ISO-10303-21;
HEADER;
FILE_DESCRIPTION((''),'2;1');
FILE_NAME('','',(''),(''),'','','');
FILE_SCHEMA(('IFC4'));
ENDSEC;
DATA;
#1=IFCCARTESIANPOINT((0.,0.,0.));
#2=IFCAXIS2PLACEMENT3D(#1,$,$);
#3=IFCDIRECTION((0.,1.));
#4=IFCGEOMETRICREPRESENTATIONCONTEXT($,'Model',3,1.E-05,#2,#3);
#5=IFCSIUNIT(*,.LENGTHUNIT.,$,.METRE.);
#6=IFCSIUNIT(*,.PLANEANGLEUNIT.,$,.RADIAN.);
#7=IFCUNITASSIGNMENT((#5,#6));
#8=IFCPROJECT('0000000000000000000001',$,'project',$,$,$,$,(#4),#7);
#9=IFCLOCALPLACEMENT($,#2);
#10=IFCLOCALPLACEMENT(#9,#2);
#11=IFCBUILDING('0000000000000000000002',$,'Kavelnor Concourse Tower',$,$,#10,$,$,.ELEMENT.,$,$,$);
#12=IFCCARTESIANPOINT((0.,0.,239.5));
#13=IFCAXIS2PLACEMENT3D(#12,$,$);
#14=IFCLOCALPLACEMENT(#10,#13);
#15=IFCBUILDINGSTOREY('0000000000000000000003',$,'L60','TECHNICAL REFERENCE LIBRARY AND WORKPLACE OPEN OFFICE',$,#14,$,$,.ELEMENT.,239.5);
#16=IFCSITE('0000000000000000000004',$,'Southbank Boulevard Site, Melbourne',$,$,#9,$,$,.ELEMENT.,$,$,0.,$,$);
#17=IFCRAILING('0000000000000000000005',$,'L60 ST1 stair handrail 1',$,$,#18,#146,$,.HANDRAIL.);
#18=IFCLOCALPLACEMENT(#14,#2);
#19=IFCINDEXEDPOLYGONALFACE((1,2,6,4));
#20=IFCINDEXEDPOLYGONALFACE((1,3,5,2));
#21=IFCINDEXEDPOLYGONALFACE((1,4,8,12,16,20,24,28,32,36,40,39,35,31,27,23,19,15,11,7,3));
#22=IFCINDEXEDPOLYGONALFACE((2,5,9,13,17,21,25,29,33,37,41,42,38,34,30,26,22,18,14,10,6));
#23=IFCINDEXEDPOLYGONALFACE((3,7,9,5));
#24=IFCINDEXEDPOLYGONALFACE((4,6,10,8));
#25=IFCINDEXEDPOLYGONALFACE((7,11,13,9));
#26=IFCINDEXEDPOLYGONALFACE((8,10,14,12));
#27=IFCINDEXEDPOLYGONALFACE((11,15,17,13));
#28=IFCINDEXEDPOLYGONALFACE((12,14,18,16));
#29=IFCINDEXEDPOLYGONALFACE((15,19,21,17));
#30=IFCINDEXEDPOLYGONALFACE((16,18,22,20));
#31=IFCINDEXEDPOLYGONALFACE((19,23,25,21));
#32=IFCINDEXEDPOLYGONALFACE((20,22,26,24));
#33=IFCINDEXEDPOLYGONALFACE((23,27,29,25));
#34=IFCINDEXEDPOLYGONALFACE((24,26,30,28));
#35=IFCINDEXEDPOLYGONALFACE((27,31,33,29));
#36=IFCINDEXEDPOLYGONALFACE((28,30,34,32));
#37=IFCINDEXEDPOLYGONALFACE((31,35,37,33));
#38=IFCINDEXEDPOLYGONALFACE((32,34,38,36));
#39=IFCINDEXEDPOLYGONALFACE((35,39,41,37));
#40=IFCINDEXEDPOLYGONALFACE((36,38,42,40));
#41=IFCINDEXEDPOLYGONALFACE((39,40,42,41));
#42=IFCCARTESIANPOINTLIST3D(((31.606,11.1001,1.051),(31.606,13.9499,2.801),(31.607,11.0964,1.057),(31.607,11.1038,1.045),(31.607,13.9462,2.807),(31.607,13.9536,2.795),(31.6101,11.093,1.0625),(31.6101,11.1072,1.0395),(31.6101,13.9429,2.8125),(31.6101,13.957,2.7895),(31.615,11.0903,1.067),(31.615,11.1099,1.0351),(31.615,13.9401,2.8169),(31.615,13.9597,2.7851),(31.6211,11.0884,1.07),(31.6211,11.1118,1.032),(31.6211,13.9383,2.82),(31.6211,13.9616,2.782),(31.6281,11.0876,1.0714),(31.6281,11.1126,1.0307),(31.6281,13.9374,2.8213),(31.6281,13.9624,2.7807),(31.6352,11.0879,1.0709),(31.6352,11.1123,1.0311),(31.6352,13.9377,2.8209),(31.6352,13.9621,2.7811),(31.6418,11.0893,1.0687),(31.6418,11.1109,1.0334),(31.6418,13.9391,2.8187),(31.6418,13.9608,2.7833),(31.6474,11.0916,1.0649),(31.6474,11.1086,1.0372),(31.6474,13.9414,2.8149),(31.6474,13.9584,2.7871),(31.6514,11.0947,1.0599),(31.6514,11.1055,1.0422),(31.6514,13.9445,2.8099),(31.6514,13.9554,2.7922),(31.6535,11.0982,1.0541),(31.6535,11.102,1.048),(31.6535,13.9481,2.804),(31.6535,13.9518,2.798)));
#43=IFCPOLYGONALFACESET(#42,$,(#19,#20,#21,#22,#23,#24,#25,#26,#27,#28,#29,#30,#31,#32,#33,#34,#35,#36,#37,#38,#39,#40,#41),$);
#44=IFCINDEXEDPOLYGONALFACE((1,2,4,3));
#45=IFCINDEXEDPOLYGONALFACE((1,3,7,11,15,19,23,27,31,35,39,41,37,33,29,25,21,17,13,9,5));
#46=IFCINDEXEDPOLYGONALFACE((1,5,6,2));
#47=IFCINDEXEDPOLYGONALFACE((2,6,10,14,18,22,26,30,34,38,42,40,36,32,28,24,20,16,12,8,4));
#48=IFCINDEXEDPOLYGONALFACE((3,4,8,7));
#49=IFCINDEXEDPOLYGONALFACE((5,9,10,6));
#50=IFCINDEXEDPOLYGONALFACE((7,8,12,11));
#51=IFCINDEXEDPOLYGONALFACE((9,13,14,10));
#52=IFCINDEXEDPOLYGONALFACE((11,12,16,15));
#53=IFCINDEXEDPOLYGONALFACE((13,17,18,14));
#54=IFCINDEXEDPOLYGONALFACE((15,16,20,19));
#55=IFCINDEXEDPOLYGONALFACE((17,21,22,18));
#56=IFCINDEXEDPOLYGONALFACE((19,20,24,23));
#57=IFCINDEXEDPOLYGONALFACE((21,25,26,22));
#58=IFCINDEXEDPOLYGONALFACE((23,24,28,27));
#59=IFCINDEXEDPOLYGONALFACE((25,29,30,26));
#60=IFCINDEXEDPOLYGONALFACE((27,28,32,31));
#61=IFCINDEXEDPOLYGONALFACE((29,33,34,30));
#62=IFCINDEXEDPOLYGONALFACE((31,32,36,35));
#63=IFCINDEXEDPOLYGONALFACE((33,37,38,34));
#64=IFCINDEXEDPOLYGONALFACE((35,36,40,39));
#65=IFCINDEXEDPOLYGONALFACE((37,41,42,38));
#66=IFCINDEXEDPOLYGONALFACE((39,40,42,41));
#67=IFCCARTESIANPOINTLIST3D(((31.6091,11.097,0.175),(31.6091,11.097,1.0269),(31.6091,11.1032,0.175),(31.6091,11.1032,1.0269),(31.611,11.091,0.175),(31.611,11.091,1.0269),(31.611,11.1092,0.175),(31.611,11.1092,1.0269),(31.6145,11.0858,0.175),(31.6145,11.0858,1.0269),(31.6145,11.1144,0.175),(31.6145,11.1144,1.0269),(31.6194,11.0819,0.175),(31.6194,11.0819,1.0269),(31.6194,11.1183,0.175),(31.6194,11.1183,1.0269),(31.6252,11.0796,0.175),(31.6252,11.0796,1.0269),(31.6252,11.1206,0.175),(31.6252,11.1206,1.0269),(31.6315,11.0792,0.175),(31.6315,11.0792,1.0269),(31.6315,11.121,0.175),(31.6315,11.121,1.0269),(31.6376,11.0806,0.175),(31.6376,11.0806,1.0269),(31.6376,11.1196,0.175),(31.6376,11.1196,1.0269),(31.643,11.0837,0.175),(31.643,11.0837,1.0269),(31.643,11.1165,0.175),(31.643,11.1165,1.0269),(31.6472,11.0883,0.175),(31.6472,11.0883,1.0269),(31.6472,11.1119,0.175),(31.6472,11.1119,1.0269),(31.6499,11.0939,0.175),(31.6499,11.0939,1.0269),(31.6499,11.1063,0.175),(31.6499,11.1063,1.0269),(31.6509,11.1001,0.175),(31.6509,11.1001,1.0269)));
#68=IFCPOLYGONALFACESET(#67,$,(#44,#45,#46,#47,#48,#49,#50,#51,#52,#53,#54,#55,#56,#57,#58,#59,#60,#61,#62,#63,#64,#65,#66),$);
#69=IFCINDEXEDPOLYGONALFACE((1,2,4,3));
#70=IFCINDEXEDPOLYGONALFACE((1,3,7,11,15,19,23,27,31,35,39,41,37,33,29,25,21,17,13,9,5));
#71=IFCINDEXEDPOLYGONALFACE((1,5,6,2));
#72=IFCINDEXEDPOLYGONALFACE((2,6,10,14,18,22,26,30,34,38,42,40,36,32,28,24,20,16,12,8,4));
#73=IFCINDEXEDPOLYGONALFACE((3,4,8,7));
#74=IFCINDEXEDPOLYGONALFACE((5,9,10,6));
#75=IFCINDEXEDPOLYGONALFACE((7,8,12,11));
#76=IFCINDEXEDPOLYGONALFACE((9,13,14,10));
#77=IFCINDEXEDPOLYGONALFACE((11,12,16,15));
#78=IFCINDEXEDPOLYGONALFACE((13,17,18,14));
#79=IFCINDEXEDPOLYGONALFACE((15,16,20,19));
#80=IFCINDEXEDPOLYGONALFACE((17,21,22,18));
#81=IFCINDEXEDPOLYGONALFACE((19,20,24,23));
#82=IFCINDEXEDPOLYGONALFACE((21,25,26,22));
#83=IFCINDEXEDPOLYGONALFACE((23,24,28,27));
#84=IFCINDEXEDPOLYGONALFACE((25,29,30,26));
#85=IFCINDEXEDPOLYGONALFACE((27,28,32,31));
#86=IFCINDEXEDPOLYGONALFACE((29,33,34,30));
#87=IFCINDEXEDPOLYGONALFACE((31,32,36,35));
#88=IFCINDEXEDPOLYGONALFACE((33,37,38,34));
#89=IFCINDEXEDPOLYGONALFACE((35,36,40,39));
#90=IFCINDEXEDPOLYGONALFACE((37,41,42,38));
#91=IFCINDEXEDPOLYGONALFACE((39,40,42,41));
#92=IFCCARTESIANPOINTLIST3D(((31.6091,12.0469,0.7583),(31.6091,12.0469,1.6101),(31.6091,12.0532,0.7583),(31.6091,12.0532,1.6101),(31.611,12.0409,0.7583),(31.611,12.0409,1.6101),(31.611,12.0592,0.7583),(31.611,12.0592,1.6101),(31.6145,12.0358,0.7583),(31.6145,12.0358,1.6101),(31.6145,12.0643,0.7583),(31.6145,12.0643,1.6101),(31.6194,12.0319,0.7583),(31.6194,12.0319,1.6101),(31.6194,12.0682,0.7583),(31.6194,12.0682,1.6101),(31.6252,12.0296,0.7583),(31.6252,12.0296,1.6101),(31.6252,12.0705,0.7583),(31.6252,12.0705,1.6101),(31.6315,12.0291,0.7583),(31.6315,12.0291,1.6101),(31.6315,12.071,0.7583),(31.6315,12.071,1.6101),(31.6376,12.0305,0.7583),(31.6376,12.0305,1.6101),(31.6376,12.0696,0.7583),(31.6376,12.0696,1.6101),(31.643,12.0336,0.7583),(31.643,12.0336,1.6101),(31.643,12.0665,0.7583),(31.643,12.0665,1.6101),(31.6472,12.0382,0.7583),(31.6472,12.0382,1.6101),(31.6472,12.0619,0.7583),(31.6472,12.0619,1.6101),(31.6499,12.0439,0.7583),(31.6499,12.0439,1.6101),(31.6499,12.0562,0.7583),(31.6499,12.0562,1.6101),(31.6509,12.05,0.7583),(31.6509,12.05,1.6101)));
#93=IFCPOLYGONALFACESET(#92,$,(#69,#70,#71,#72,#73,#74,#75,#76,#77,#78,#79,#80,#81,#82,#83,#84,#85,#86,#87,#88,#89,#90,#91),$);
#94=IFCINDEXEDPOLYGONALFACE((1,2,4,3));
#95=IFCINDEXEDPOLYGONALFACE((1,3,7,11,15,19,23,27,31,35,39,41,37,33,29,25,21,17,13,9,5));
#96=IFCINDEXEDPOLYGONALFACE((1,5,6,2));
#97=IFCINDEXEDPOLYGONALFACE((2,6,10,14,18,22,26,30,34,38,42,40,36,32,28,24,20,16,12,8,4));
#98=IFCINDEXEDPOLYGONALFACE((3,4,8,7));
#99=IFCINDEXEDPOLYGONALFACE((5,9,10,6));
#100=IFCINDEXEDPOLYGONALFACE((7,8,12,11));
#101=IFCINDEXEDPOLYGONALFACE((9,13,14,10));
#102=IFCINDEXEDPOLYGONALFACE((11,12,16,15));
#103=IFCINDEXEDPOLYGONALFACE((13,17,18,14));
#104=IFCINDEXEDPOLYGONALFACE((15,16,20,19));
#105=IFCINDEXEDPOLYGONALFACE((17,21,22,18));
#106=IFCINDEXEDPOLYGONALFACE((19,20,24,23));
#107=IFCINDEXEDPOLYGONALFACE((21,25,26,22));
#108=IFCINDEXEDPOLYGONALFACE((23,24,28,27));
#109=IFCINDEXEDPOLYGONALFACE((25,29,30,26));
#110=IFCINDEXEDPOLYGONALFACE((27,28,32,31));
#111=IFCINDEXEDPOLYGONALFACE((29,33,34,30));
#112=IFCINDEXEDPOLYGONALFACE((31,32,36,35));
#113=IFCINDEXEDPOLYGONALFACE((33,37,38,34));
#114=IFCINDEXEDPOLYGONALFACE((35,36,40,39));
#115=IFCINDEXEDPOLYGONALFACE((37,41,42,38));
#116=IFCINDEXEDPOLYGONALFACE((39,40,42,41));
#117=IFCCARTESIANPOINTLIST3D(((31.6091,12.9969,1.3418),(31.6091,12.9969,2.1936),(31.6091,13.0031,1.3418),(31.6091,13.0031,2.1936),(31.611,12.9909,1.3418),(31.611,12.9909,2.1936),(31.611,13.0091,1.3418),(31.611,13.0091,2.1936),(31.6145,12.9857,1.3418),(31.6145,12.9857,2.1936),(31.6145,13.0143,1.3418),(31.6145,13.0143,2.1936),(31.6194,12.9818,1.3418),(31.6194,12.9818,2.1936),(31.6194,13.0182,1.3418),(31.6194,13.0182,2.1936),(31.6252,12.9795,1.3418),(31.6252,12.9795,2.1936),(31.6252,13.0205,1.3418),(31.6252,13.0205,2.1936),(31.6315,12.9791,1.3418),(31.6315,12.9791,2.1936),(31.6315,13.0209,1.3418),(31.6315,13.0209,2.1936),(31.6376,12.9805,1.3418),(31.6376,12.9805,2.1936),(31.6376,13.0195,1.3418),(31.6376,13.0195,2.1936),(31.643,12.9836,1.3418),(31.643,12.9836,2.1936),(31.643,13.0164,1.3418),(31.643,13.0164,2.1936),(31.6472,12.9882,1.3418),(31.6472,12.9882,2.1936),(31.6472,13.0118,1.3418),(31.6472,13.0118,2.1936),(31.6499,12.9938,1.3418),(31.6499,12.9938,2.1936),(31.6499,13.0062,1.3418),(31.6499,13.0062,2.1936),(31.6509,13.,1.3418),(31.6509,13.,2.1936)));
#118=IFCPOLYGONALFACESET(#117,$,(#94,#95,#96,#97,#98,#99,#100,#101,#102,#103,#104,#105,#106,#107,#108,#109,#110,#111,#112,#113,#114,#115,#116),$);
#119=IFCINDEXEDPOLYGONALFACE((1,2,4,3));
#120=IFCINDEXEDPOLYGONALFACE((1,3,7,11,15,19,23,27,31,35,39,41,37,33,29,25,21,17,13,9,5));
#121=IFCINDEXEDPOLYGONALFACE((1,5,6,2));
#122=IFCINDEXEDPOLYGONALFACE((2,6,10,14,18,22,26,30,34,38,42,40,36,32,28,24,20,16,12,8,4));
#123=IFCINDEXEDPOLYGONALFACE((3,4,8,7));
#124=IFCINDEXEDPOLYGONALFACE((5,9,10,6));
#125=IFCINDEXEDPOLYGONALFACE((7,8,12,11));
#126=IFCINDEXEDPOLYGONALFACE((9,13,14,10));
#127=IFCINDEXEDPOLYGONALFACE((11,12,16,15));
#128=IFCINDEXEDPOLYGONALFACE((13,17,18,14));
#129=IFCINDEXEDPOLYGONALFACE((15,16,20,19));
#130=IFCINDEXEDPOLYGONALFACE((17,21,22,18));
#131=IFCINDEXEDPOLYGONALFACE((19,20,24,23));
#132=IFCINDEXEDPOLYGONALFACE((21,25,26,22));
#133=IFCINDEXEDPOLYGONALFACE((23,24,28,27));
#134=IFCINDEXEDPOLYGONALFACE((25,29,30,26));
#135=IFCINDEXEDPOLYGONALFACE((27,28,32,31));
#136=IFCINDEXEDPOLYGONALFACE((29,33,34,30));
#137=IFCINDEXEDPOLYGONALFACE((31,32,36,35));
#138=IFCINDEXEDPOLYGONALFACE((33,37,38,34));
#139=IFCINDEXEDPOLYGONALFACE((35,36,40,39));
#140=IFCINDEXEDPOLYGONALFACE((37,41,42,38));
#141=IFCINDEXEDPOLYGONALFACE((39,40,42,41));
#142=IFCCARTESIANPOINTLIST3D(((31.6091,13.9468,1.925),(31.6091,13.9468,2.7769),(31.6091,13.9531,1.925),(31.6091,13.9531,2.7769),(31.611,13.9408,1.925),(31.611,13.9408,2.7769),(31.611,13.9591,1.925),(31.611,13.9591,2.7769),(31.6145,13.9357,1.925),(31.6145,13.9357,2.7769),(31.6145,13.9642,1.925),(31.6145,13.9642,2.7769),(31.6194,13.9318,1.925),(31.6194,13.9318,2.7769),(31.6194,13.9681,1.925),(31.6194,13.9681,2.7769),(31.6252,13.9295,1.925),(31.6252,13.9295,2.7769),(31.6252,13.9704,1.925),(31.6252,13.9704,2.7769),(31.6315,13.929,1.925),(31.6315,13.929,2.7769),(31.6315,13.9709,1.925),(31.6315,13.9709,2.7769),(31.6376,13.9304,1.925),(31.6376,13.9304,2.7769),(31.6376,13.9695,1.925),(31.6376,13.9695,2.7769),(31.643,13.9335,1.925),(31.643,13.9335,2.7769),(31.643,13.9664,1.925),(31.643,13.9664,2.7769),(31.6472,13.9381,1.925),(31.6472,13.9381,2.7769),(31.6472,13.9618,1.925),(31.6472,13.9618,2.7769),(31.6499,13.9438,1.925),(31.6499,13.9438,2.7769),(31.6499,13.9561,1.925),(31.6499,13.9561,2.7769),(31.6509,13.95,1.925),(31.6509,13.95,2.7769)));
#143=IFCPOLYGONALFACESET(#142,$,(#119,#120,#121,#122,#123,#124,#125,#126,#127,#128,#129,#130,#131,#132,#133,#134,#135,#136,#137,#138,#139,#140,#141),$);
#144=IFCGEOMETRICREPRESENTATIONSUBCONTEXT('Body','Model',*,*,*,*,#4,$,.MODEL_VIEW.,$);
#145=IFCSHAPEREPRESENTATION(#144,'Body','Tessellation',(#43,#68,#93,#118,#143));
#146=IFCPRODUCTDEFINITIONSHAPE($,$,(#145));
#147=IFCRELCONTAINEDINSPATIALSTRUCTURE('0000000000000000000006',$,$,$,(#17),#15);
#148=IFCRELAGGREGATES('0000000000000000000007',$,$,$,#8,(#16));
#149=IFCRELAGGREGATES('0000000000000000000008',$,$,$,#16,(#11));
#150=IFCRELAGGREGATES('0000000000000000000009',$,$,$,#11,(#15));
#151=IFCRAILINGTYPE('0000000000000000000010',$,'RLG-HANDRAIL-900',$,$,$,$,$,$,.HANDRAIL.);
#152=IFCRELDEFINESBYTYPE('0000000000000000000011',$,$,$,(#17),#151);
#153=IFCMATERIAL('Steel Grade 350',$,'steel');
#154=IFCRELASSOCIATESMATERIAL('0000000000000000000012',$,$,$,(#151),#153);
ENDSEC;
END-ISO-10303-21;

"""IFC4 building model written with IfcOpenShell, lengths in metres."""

from ifc_helpers import new_model, si_unit, direction, frame, origin, origin_2d, place, context, subcontext, project, spatial, circle, extrude, material, type_object, element, save


model = new_model("IFC4")

# Units and contexts
model_context = context("Model", 3, precision=1e-05, world=origin(), true_north=direction((0.0, 1.0)))
body_context = subcontext(model_context, "Body", "Model", "MODEL_VIEW")
ifc_project = project(units=[si_unit("LENGTHUNIT", "METRE"), si_unit("PLANEANGLEUNIT", "RADIAN")], contexts=[model_context])

# Site, building, storey
site_placement = place(None, origin())
site = spatial("IfcSite", under=ifc_project, at=site_placement, Name="Southbank Boulevard Site, Melbourne", CompositionType="ELEMENT", RefElevation=0.0)
building_placement = place(site_placement, origin())
building = spatial("IfcBuilding", under=site, at=building_placement, Name="Kavelnor Concourse Tower", CompositionType="ELEMENT")
storey_placement = place(building_placement, frame((0.0, 0.0, 239.5)))
storey = spatial("IfcBuildingStorey", under=building, at=storey_placement, Name="L60", Description="TECHNICAL REFERENCE LIBRARY AND WORKPLACE OPEN OFFICE", CompositionType="ELEMENT", Elevation=239.5)

# Shared definitions
ifc_material_1 = material(Name="Steel Grade 350", Category="steel")

# Railing
railing_type_1 = type_object("IfcRailingType", Name="RLG-HANDRAIL-900", PredefinedType="HANDRAIL", material=ifc_material_1)
railing_1_placement = place(storey_placement, frame((31.6299, 11.1001, 0.175)))
element("IfcRailing", 1, at=railing_1_placement, inside=storey, type_object=railing_type_1, Name="L60 ST1 stair handrail 1", PredefinedType="HANDRAIL", context=body_context, shape_type="SweptSolid", body=[
    extrude(circle(Radius=0.0239, at=origin_2d()), frame((0.0, 0.0, 0.876), z_axis=(0.0, 0.852159, 0.523283), x_axis=(-1.0, 0.0, 0.0)), (0.0, 0.0, 1.0), 3.3442),
    extrude(circle(Radius=0.021, at=origin_2d()), origin(), (0.0, 0.0, 1.0), 0.8518),
    extrude(circle(Radius=0.021, at=origin_2d()), frame((0.0, 0.95, 0.5833)), (0.0, 0.0, 1.0), 0.8518),
    extrude(circle(Radius=0.021, at=origin_2d()), frame((0.0, 1.8999, 1.1667)), (0.0, 0.0, 1.0), 0.8518),
    extrude(circle(Radius=0.021, at=origin_2d()), frame((0.0, 2.8499, 1.75)), (0.0, 0.0, 1.0), 0.8518),
])

save(model, "model.ifc")
